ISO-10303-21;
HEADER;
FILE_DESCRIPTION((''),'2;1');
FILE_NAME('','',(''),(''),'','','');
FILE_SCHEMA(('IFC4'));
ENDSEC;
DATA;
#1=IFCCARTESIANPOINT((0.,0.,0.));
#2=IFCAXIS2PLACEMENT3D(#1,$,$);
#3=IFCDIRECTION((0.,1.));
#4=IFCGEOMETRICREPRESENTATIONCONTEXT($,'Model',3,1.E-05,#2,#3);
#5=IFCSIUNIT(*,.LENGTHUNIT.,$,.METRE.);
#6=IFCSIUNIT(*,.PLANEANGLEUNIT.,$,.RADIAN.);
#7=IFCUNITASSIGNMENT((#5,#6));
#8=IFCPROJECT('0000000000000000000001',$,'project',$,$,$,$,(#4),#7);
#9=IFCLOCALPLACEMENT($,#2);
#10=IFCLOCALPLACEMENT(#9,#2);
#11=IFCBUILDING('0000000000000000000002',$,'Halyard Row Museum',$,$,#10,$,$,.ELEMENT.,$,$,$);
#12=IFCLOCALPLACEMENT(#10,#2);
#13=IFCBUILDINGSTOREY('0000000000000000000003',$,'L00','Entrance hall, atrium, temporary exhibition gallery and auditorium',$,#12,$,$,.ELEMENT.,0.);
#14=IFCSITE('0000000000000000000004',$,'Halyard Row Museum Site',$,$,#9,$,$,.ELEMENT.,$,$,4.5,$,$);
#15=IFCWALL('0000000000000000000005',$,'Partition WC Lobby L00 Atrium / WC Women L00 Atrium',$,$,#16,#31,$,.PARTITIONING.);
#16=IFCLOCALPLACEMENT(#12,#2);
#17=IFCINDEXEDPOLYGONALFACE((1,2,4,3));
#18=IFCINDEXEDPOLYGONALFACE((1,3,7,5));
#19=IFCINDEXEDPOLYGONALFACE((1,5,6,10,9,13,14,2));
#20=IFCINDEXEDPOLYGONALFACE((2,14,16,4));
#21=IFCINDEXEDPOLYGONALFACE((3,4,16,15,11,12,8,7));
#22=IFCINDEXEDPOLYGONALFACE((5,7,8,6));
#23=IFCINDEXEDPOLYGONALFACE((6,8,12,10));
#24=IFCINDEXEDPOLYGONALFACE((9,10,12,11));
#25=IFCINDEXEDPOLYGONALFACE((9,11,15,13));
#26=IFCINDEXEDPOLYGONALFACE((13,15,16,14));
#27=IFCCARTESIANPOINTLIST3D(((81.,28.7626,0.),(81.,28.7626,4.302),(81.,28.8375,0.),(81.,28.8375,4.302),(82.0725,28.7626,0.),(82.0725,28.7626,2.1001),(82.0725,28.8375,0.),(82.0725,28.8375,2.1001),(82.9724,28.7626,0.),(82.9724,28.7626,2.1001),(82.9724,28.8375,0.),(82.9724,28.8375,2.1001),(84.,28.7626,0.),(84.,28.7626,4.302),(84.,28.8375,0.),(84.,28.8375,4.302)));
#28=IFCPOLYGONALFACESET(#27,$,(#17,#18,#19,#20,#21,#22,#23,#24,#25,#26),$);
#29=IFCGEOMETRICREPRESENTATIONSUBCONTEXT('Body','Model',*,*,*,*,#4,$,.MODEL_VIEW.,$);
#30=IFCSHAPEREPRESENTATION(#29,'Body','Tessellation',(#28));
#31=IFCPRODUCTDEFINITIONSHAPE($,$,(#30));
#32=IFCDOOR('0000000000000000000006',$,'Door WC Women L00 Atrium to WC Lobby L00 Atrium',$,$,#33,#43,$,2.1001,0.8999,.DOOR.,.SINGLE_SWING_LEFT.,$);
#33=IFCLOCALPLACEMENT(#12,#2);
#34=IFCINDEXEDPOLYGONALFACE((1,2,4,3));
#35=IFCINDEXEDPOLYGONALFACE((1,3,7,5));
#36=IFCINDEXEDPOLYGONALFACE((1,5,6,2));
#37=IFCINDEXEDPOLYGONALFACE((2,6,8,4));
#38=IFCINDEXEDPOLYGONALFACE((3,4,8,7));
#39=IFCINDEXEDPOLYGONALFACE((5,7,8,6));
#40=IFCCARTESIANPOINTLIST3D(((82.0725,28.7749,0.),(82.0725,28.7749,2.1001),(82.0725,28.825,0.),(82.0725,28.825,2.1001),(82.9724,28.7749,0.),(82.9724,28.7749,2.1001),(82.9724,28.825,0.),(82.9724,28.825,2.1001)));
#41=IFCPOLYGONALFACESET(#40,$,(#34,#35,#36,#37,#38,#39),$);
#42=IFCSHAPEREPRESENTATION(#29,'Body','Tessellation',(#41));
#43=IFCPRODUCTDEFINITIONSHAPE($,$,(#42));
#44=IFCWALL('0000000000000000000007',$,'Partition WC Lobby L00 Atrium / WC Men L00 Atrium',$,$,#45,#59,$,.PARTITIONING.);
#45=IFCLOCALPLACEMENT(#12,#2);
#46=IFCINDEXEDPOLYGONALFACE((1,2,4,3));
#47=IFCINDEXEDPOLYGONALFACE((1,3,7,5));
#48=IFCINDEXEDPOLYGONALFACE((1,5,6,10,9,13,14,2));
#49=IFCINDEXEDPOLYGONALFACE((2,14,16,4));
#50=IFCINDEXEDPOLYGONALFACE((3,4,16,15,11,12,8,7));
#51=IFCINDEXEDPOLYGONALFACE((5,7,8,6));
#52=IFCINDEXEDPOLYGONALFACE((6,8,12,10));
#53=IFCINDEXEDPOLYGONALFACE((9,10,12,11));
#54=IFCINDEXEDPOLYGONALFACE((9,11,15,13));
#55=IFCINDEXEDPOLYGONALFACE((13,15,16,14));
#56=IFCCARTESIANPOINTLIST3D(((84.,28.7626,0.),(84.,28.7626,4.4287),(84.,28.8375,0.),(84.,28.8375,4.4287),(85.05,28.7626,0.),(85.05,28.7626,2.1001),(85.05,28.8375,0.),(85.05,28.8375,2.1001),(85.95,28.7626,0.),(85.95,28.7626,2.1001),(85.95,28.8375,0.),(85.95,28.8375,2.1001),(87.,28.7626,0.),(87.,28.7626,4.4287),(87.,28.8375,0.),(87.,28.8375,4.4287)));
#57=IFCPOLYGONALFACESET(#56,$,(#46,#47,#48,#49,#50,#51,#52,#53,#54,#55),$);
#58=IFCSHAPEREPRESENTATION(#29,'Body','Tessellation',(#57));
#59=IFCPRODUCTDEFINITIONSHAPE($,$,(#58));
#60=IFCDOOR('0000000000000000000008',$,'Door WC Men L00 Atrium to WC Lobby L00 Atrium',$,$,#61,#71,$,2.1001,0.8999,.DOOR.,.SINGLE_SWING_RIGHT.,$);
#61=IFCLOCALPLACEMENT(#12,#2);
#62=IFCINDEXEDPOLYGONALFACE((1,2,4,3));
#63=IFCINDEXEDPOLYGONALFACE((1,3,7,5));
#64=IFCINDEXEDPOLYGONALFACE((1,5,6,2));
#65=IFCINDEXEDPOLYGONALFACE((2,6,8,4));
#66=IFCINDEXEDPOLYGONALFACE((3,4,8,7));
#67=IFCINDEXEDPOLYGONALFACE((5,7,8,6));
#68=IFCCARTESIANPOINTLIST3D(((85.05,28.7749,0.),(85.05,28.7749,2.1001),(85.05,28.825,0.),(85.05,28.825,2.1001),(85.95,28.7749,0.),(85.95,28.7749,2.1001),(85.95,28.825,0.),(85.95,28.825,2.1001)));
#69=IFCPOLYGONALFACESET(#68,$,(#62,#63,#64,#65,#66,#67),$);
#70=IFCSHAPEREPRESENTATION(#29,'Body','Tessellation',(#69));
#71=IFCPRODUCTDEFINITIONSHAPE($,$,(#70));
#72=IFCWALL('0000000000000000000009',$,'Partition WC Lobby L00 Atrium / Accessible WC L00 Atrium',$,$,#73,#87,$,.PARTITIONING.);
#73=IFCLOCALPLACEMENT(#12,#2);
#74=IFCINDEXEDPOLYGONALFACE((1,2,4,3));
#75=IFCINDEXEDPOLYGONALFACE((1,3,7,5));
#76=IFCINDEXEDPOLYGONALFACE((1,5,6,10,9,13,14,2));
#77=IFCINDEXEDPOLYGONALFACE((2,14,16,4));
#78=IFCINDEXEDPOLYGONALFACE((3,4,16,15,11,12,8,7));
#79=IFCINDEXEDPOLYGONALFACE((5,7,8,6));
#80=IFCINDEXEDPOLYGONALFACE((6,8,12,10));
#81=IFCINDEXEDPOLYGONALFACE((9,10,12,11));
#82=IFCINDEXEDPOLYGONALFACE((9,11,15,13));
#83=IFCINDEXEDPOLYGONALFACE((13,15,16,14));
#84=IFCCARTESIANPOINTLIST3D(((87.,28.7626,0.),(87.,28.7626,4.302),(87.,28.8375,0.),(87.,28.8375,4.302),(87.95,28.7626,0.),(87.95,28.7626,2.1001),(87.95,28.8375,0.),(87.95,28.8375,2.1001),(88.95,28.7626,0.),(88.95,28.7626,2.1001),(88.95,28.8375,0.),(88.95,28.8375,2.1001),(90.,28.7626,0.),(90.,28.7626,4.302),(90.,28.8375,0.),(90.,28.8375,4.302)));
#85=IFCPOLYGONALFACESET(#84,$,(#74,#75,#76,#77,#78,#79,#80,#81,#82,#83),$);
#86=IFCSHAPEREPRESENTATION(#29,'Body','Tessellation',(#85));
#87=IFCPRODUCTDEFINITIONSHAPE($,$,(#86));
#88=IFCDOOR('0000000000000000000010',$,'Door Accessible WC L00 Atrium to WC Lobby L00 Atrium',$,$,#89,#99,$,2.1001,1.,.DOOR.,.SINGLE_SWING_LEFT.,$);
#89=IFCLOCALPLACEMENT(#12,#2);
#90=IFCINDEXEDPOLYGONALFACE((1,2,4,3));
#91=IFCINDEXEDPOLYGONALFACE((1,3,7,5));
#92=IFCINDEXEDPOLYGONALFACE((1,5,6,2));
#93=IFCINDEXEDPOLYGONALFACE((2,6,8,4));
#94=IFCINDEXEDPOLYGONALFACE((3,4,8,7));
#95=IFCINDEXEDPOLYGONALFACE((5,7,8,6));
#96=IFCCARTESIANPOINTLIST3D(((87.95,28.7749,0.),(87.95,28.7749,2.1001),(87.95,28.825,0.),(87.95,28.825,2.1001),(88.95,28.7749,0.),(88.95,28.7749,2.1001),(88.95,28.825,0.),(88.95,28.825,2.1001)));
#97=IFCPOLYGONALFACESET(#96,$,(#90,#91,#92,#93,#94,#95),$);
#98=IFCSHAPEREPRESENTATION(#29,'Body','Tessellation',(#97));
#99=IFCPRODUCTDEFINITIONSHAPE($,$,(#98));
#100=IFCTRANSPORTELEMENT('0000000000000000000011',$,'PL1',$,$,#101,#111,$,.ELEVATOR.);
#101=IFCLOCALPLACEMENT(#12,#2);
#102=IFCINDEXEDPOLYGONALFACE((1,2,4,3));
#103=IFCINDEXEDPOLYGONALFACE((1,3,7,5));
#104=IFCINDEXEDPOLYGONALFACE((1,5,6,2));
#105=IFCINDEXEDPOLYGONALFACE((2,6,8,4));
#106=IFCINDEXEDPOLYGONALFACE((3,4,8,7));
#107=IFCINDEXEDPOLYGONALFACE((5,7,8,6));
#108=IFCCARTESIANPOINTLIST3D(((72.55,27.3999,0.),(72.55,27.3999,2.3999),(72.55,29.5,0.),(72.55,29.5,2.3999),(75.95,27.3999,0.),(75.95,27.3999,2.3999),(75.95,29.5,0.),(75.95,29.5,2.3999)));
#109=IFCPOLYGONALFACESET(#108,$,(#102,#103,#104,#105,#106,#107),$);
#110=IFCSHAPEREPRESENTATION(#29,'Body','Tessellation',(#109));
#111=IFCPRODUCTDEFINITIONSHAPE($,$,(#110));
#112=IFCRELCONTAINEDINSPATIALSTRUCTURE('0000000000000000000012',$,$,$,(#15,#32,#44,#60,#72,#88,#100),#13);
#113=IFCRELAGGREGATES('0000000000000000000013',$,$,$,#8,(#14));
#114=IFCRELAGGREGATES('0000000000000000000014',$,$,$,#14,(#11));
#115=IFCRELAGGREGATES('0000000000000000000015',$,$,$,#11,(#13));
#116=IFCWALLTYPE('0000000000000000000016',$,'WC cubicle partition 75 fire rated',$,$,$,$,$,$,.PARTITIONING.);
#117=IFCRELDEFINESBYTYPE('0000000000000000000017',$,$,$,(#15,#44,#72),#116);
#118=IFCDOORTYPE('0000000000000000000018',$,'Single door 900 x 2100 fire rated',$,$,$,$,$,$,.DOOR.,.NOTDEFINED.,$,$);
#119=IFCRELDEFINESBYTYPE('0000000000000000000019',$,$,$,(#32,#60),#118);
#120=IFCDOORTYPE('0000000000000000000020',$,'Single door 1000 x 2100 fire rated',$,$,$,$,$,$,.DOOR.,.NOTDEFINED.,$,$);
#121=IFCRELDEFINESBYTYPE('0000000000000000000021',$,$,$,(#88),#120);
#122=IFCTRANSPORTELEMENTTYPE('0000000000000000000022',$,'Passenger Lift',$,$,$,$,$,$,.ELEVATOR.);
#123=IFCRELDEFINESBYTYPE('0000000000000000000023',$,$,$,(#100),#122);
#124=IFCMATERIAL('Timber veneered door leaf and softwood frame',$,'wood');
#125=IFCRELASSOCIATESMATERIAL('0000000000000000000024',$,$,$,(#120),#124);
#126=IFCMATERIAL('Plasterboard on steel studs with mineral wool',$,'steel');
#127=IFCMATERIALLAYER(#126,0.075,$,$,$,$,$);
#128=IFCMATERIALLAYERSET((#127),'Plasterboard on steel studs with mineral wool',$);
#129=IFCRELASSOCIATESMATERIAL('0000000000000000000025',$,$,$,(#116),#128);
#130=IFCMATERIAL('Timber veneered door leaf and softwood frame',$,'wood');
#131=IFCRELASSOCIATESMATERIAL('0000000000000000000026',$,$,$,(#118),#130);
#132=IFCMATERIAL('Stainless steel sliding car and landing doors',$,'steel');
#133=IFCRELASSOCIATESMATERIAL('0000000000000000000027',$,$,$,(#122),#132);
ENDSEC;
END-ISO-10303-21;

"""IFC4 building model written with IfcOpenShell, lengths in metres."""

from ifc_helpers import new_model, si_unit, direction, frame, frame_2d, origin, origin_2d, place, context, subcontext, project, spatial, rectangle, extrude, material, layer, layer_set, type_object, element, fill, save


model = new_model("IFC4")

# Units and contexts
model_context = context("Model", 3, precision=1e-05, world=origin(), true_north=direction((0.0, 1.0)))
body_context = subcontext(model_context, "Body", "Model", "MODEL_VIEW")
ifc_project = project(units=[si_unit("LENGTHUNIT", "METRE"), si_unit("PLANEANGLEUNIT", "RADIAN")], contexts=[model_context])

# Site, building, storey
site_placement = place(None, origin())
site = spatial("IfcSite", under=ifc_project, at=site_placement, Name="Halyard Row Museum Site", CompositionType="ELEMENT", RefElevation=4.5)
building_placement = place(site_placement, origin())
building = spatial("IfcBuilding", under=site, at=building_placement, Name="Halyard Row Museum", CompositionType="ELEMENT")
storey_placement = place(building_placement, origin())
storey = spatial("IfcBuildingStorey", under=building, at=storey_placement, Name="L00", Description="Entrance hall, atrium, temporary exhibition gallery and auditorium", CompositionType="ELEMENT", Elevation=0.0)

# Shared definitions
ifc_material_1 = material(Name="Timber veneered door leaf and softwood frame", Category="wood")
door_type_1 = type_object("IfcDoorType", Name="Single door 1000 x 2100 fire rated", OperationType="NOTDEFINED", PredefinedType="DOOR", material=ifc_material_1)

# Shared definitions
ifc_material_2 = material(Name="Plasterboard on steel studs with mineral wool", Category="steel")
ifc_layer_1 = layer(ifc_material_2, 0.075)
ifc_layer_set_1 = layer_set([ifc_layer_1], Name="Plasterboard on steel studs with mineral wool")
wall_type_1 = type_object("IfcWallType", Name="WC cubicle partition 75 fire rated", PredefinedType="PARTITIONING", material=ifc_layer_set_1)

# Walls, openings, doors
wall_1_placement = place(storey_placement, frame((81.0, 28.8, 0.0), z_axis=(0.0, 0.0, 1.0), x_axis=(1.0, 0.0, 0.0)))
wall_1 = element("IfcWall", 1, at=wall_1_placement, inside=storey, type_object=wall_type_1, Name="Partition WC Lobby L00 Atrium / WC Women L00 Atrium", PredefinedType="PARTITIONING", context=body_context, shape_type="SweptSolid", body=[
    extrude(rectangle(XDim=3.0, YDim=0.075, at=frame_2d((1.5, 0.0))), origin(), (0.0, 0.0, 1.0), 4.302),
])
opening_1_placement = place(wall_1_placement, frame((1.0725, 0.0, 0.0)))
opening_1 = element("IfcOpeningElement", 2, at=opening_1_placement, cuts=wall_1, PredefinedType="OPENING", context=body_context, shape_type="SweptSolid", body=[
    extrude(rectangle(XDim=0.8999, YDim=2.1001, at=frame_2d((0.45, 1.05))), frame((0.0, 0.0474, 0.0), z_axis=(0.0, -1.0, 0.0), x_axis=(1.0, 0.0, 0.0)), (0.0, 0.0, 1.0), 0.095),
])
ifc_material_3 = material(Name="Timber veneered door leaf and softwood frame", Category="wood")
door_type_2 = type_object("IfcDoorType", Name="Single door 900 x 2100 fire rated", OperationType="NOTDEFINED", PredefinedType="DOOR", material=ifc_material_3)
door_1_placement = place(opening_1_placement, origin())
door_1 = element("IfcDoor", 3, at=door_1_placement, inside=storey, type_object=door_type_2, Name="Door WC Women L00 Atrium to WC Lobby L00 Atrium", OperationType="SINGLE_SWING_LEFT", OverallHeight=2.1001, OverallWidth=0.8999, PredefinedType="DOOR", context=body_context, shape_type="SweptSolid", body=[
    extrude(rectangle(XDim=0.8999, YDim=2.1001, at=frame_2d((0.45, 1.05))), frame((0.0, 0.0249, 0.0), z_axis=(0.0, -1.0, 0.0), x_axis=(1.0, 0.0, 0.0)), (0.0, 0.0, 1.0), 0.05),
])
fill(opening_1, door_1)
wall_2_placement = place(storey_placement, frame((84.0, 28.8, 0.0), z_axis=(0.0, 0.0, 1.0), x_axis=(1.0, 0.0, 0.0)))
wall_2 = element("IfcWall", 4, at=wall_2_placement, inside=storey, type_object=wall_type_1, Name="Partition WC Lobby L00 Atrium / WC Men L00 Atrium", PredefinedType="PARTITIONING", context=body_context, shape_type="SweptSolid", body=[
    extrude(rectangle(XDim=3.0, YDim=0.075, at=frame_2d((1.5, 0.0))), origin(), (0.0, 0.0, 1.0), 4.4287),
])
opening_2_placement = place(wall_2_placement, frame((1.05, 0.0, 0.0)))
opening_2 = element("IfcOpeningElement", 5, at=opening_2_placement, cuts=wall_2, PredefinedType="OPENING", context=body_context, shape_type="SweptSolid", body=[
    extrude(rectangle(XDim=0.8999, YDim=2.1001, at=frame_2d((0.45, 1.05))), frame((0.0, 0.0474, 0.0), z_axis=(0.0, -1.0, 0.0), x_axis=(1.0, 0.0, 0.0)), (0.0, 0.0, 1.0), 0.095),
])
door_2_placement = place(opening_2_placement, origin())
door_2 = element("IfcDoor", 6, at=door_2_placement, inside=storey, type_object=door_type_2, Name="Door WC Men L00 Atrium to WC Lobby L00 Atrium", OperationType="SINGLE_SWING_RIGHT", OverallHeight=2.1001, OverallWidth=0.8999, PredefinedType="DOOR", context=body_context, shape_type="SweptSolid", body=[
    extrude(rectangle(XDim=0.8999, YDim=2.1001, at=frame_2d((0.45, 1.05))), frame((0.0, 0.0249, 0.0), z_axis=(0.0, -1.0, 0.0), x_axis=(1.0, 0.0, 0.0)), (0.0, 0.0, 1.0), 0.05),
])
fill(opening_2, door_2)
wall_3_placement = place(storey_placement, frame((87.0, 28.8, 0.0), z_axis=(0.0, 0.0, 1.0), x_axis=(1.0, 0.0, 0.0)))
wall_3 = element("IfcWall", 7, at=wall_3_placement, inside=storey, type_object=wall_type_1, Name="Partition WC Lobby L00 Atrium / Accessible WC L00 Atrium", PredefinedType="PARTITIONING", context=body_context, shape_type="SweptSolid", body=[
    extrude(rectangle(XDim=3.0, YDim=0.075, at=frame_2d((1.5, 0.0))), origin(), (0.0, 0.0, 1.0), 4.302),
])
opening_3_placement = place(wall_3_placement, frame((0.95, 0.0, 0.0)))
opening_3 = element("IfcOpeningElement", 8, at=opening_3_placement, cuts=wall_3, PredefinedType="OPENING", context=body_context, shape_type="SweptSolid", body=[
    extrude(rectangle(XDim=1.0, YDim=2.1001, at=frame_2d((0.5, 1.05))), frame((0.0, 0.0474, 0.0), z_axis=(0.0, -1.0, 0.0), x_axis=(1.0, 0.0, 0.0)), (0.0, 0.0, 1.0), 0.095),
])
door_3_placement = place(opening_3_placement, origin())
door_3 = element("IfcDoor", 9, at=door_3_placement, inside=storey, type_object=door_type_1, Name="Door Accessible WC L00 Atrium to WC Lobby L00 Atrium", OperationType="SINGLE_SWING_LEFT", OverallHeight=2.1001, OverallWidth=1.0, PredefinedType="DOOR", context=body_context, shape_type="SweptSolid", body=[
    extrude(rectangle(XDim=1.0, YDim=2.1001, at=frame_2d((0.5, 1.05))), frame((0.0, 0.0249, 0.0), z_axis=(0.0, -1.0, 0.0), x_axis=(1.0, 0.0, 0.0)), (0.0, 0.0, 1.0), 0.05),
])
fill(opening_3, door_3)

# Transport element
ifc_material_4 = material(Name="Stainless steel sliding car and landing doors", Category="steel")
transport_element_type = type_object("IfcTransportElementType", Name="Passenger Lift", PredefinedType="ELEVATOR", material=ifc_material_4)
transport_element_placement = place(storey_placement, frame((74.25, 28.45, 0.0), z_axis=(0.0, 0.0, 1.0), x_axis=(1.0, 0.0, 0.0)))
element("IfcTransportElement", 10, at=transport_element_placement, inside=storey, type_object=transport_element_type, Name="PL1", PredefinedType="ELEVATOR", context=body_context, shape_type="SweptSolid", body=[
    extrude(rectangle(XDim=3.3999, YDim=2.1001, at=origin_2d()), origin(), (0.0, 0.0, 1.0), 2.3999),
])

save(model, "model.ifc")
